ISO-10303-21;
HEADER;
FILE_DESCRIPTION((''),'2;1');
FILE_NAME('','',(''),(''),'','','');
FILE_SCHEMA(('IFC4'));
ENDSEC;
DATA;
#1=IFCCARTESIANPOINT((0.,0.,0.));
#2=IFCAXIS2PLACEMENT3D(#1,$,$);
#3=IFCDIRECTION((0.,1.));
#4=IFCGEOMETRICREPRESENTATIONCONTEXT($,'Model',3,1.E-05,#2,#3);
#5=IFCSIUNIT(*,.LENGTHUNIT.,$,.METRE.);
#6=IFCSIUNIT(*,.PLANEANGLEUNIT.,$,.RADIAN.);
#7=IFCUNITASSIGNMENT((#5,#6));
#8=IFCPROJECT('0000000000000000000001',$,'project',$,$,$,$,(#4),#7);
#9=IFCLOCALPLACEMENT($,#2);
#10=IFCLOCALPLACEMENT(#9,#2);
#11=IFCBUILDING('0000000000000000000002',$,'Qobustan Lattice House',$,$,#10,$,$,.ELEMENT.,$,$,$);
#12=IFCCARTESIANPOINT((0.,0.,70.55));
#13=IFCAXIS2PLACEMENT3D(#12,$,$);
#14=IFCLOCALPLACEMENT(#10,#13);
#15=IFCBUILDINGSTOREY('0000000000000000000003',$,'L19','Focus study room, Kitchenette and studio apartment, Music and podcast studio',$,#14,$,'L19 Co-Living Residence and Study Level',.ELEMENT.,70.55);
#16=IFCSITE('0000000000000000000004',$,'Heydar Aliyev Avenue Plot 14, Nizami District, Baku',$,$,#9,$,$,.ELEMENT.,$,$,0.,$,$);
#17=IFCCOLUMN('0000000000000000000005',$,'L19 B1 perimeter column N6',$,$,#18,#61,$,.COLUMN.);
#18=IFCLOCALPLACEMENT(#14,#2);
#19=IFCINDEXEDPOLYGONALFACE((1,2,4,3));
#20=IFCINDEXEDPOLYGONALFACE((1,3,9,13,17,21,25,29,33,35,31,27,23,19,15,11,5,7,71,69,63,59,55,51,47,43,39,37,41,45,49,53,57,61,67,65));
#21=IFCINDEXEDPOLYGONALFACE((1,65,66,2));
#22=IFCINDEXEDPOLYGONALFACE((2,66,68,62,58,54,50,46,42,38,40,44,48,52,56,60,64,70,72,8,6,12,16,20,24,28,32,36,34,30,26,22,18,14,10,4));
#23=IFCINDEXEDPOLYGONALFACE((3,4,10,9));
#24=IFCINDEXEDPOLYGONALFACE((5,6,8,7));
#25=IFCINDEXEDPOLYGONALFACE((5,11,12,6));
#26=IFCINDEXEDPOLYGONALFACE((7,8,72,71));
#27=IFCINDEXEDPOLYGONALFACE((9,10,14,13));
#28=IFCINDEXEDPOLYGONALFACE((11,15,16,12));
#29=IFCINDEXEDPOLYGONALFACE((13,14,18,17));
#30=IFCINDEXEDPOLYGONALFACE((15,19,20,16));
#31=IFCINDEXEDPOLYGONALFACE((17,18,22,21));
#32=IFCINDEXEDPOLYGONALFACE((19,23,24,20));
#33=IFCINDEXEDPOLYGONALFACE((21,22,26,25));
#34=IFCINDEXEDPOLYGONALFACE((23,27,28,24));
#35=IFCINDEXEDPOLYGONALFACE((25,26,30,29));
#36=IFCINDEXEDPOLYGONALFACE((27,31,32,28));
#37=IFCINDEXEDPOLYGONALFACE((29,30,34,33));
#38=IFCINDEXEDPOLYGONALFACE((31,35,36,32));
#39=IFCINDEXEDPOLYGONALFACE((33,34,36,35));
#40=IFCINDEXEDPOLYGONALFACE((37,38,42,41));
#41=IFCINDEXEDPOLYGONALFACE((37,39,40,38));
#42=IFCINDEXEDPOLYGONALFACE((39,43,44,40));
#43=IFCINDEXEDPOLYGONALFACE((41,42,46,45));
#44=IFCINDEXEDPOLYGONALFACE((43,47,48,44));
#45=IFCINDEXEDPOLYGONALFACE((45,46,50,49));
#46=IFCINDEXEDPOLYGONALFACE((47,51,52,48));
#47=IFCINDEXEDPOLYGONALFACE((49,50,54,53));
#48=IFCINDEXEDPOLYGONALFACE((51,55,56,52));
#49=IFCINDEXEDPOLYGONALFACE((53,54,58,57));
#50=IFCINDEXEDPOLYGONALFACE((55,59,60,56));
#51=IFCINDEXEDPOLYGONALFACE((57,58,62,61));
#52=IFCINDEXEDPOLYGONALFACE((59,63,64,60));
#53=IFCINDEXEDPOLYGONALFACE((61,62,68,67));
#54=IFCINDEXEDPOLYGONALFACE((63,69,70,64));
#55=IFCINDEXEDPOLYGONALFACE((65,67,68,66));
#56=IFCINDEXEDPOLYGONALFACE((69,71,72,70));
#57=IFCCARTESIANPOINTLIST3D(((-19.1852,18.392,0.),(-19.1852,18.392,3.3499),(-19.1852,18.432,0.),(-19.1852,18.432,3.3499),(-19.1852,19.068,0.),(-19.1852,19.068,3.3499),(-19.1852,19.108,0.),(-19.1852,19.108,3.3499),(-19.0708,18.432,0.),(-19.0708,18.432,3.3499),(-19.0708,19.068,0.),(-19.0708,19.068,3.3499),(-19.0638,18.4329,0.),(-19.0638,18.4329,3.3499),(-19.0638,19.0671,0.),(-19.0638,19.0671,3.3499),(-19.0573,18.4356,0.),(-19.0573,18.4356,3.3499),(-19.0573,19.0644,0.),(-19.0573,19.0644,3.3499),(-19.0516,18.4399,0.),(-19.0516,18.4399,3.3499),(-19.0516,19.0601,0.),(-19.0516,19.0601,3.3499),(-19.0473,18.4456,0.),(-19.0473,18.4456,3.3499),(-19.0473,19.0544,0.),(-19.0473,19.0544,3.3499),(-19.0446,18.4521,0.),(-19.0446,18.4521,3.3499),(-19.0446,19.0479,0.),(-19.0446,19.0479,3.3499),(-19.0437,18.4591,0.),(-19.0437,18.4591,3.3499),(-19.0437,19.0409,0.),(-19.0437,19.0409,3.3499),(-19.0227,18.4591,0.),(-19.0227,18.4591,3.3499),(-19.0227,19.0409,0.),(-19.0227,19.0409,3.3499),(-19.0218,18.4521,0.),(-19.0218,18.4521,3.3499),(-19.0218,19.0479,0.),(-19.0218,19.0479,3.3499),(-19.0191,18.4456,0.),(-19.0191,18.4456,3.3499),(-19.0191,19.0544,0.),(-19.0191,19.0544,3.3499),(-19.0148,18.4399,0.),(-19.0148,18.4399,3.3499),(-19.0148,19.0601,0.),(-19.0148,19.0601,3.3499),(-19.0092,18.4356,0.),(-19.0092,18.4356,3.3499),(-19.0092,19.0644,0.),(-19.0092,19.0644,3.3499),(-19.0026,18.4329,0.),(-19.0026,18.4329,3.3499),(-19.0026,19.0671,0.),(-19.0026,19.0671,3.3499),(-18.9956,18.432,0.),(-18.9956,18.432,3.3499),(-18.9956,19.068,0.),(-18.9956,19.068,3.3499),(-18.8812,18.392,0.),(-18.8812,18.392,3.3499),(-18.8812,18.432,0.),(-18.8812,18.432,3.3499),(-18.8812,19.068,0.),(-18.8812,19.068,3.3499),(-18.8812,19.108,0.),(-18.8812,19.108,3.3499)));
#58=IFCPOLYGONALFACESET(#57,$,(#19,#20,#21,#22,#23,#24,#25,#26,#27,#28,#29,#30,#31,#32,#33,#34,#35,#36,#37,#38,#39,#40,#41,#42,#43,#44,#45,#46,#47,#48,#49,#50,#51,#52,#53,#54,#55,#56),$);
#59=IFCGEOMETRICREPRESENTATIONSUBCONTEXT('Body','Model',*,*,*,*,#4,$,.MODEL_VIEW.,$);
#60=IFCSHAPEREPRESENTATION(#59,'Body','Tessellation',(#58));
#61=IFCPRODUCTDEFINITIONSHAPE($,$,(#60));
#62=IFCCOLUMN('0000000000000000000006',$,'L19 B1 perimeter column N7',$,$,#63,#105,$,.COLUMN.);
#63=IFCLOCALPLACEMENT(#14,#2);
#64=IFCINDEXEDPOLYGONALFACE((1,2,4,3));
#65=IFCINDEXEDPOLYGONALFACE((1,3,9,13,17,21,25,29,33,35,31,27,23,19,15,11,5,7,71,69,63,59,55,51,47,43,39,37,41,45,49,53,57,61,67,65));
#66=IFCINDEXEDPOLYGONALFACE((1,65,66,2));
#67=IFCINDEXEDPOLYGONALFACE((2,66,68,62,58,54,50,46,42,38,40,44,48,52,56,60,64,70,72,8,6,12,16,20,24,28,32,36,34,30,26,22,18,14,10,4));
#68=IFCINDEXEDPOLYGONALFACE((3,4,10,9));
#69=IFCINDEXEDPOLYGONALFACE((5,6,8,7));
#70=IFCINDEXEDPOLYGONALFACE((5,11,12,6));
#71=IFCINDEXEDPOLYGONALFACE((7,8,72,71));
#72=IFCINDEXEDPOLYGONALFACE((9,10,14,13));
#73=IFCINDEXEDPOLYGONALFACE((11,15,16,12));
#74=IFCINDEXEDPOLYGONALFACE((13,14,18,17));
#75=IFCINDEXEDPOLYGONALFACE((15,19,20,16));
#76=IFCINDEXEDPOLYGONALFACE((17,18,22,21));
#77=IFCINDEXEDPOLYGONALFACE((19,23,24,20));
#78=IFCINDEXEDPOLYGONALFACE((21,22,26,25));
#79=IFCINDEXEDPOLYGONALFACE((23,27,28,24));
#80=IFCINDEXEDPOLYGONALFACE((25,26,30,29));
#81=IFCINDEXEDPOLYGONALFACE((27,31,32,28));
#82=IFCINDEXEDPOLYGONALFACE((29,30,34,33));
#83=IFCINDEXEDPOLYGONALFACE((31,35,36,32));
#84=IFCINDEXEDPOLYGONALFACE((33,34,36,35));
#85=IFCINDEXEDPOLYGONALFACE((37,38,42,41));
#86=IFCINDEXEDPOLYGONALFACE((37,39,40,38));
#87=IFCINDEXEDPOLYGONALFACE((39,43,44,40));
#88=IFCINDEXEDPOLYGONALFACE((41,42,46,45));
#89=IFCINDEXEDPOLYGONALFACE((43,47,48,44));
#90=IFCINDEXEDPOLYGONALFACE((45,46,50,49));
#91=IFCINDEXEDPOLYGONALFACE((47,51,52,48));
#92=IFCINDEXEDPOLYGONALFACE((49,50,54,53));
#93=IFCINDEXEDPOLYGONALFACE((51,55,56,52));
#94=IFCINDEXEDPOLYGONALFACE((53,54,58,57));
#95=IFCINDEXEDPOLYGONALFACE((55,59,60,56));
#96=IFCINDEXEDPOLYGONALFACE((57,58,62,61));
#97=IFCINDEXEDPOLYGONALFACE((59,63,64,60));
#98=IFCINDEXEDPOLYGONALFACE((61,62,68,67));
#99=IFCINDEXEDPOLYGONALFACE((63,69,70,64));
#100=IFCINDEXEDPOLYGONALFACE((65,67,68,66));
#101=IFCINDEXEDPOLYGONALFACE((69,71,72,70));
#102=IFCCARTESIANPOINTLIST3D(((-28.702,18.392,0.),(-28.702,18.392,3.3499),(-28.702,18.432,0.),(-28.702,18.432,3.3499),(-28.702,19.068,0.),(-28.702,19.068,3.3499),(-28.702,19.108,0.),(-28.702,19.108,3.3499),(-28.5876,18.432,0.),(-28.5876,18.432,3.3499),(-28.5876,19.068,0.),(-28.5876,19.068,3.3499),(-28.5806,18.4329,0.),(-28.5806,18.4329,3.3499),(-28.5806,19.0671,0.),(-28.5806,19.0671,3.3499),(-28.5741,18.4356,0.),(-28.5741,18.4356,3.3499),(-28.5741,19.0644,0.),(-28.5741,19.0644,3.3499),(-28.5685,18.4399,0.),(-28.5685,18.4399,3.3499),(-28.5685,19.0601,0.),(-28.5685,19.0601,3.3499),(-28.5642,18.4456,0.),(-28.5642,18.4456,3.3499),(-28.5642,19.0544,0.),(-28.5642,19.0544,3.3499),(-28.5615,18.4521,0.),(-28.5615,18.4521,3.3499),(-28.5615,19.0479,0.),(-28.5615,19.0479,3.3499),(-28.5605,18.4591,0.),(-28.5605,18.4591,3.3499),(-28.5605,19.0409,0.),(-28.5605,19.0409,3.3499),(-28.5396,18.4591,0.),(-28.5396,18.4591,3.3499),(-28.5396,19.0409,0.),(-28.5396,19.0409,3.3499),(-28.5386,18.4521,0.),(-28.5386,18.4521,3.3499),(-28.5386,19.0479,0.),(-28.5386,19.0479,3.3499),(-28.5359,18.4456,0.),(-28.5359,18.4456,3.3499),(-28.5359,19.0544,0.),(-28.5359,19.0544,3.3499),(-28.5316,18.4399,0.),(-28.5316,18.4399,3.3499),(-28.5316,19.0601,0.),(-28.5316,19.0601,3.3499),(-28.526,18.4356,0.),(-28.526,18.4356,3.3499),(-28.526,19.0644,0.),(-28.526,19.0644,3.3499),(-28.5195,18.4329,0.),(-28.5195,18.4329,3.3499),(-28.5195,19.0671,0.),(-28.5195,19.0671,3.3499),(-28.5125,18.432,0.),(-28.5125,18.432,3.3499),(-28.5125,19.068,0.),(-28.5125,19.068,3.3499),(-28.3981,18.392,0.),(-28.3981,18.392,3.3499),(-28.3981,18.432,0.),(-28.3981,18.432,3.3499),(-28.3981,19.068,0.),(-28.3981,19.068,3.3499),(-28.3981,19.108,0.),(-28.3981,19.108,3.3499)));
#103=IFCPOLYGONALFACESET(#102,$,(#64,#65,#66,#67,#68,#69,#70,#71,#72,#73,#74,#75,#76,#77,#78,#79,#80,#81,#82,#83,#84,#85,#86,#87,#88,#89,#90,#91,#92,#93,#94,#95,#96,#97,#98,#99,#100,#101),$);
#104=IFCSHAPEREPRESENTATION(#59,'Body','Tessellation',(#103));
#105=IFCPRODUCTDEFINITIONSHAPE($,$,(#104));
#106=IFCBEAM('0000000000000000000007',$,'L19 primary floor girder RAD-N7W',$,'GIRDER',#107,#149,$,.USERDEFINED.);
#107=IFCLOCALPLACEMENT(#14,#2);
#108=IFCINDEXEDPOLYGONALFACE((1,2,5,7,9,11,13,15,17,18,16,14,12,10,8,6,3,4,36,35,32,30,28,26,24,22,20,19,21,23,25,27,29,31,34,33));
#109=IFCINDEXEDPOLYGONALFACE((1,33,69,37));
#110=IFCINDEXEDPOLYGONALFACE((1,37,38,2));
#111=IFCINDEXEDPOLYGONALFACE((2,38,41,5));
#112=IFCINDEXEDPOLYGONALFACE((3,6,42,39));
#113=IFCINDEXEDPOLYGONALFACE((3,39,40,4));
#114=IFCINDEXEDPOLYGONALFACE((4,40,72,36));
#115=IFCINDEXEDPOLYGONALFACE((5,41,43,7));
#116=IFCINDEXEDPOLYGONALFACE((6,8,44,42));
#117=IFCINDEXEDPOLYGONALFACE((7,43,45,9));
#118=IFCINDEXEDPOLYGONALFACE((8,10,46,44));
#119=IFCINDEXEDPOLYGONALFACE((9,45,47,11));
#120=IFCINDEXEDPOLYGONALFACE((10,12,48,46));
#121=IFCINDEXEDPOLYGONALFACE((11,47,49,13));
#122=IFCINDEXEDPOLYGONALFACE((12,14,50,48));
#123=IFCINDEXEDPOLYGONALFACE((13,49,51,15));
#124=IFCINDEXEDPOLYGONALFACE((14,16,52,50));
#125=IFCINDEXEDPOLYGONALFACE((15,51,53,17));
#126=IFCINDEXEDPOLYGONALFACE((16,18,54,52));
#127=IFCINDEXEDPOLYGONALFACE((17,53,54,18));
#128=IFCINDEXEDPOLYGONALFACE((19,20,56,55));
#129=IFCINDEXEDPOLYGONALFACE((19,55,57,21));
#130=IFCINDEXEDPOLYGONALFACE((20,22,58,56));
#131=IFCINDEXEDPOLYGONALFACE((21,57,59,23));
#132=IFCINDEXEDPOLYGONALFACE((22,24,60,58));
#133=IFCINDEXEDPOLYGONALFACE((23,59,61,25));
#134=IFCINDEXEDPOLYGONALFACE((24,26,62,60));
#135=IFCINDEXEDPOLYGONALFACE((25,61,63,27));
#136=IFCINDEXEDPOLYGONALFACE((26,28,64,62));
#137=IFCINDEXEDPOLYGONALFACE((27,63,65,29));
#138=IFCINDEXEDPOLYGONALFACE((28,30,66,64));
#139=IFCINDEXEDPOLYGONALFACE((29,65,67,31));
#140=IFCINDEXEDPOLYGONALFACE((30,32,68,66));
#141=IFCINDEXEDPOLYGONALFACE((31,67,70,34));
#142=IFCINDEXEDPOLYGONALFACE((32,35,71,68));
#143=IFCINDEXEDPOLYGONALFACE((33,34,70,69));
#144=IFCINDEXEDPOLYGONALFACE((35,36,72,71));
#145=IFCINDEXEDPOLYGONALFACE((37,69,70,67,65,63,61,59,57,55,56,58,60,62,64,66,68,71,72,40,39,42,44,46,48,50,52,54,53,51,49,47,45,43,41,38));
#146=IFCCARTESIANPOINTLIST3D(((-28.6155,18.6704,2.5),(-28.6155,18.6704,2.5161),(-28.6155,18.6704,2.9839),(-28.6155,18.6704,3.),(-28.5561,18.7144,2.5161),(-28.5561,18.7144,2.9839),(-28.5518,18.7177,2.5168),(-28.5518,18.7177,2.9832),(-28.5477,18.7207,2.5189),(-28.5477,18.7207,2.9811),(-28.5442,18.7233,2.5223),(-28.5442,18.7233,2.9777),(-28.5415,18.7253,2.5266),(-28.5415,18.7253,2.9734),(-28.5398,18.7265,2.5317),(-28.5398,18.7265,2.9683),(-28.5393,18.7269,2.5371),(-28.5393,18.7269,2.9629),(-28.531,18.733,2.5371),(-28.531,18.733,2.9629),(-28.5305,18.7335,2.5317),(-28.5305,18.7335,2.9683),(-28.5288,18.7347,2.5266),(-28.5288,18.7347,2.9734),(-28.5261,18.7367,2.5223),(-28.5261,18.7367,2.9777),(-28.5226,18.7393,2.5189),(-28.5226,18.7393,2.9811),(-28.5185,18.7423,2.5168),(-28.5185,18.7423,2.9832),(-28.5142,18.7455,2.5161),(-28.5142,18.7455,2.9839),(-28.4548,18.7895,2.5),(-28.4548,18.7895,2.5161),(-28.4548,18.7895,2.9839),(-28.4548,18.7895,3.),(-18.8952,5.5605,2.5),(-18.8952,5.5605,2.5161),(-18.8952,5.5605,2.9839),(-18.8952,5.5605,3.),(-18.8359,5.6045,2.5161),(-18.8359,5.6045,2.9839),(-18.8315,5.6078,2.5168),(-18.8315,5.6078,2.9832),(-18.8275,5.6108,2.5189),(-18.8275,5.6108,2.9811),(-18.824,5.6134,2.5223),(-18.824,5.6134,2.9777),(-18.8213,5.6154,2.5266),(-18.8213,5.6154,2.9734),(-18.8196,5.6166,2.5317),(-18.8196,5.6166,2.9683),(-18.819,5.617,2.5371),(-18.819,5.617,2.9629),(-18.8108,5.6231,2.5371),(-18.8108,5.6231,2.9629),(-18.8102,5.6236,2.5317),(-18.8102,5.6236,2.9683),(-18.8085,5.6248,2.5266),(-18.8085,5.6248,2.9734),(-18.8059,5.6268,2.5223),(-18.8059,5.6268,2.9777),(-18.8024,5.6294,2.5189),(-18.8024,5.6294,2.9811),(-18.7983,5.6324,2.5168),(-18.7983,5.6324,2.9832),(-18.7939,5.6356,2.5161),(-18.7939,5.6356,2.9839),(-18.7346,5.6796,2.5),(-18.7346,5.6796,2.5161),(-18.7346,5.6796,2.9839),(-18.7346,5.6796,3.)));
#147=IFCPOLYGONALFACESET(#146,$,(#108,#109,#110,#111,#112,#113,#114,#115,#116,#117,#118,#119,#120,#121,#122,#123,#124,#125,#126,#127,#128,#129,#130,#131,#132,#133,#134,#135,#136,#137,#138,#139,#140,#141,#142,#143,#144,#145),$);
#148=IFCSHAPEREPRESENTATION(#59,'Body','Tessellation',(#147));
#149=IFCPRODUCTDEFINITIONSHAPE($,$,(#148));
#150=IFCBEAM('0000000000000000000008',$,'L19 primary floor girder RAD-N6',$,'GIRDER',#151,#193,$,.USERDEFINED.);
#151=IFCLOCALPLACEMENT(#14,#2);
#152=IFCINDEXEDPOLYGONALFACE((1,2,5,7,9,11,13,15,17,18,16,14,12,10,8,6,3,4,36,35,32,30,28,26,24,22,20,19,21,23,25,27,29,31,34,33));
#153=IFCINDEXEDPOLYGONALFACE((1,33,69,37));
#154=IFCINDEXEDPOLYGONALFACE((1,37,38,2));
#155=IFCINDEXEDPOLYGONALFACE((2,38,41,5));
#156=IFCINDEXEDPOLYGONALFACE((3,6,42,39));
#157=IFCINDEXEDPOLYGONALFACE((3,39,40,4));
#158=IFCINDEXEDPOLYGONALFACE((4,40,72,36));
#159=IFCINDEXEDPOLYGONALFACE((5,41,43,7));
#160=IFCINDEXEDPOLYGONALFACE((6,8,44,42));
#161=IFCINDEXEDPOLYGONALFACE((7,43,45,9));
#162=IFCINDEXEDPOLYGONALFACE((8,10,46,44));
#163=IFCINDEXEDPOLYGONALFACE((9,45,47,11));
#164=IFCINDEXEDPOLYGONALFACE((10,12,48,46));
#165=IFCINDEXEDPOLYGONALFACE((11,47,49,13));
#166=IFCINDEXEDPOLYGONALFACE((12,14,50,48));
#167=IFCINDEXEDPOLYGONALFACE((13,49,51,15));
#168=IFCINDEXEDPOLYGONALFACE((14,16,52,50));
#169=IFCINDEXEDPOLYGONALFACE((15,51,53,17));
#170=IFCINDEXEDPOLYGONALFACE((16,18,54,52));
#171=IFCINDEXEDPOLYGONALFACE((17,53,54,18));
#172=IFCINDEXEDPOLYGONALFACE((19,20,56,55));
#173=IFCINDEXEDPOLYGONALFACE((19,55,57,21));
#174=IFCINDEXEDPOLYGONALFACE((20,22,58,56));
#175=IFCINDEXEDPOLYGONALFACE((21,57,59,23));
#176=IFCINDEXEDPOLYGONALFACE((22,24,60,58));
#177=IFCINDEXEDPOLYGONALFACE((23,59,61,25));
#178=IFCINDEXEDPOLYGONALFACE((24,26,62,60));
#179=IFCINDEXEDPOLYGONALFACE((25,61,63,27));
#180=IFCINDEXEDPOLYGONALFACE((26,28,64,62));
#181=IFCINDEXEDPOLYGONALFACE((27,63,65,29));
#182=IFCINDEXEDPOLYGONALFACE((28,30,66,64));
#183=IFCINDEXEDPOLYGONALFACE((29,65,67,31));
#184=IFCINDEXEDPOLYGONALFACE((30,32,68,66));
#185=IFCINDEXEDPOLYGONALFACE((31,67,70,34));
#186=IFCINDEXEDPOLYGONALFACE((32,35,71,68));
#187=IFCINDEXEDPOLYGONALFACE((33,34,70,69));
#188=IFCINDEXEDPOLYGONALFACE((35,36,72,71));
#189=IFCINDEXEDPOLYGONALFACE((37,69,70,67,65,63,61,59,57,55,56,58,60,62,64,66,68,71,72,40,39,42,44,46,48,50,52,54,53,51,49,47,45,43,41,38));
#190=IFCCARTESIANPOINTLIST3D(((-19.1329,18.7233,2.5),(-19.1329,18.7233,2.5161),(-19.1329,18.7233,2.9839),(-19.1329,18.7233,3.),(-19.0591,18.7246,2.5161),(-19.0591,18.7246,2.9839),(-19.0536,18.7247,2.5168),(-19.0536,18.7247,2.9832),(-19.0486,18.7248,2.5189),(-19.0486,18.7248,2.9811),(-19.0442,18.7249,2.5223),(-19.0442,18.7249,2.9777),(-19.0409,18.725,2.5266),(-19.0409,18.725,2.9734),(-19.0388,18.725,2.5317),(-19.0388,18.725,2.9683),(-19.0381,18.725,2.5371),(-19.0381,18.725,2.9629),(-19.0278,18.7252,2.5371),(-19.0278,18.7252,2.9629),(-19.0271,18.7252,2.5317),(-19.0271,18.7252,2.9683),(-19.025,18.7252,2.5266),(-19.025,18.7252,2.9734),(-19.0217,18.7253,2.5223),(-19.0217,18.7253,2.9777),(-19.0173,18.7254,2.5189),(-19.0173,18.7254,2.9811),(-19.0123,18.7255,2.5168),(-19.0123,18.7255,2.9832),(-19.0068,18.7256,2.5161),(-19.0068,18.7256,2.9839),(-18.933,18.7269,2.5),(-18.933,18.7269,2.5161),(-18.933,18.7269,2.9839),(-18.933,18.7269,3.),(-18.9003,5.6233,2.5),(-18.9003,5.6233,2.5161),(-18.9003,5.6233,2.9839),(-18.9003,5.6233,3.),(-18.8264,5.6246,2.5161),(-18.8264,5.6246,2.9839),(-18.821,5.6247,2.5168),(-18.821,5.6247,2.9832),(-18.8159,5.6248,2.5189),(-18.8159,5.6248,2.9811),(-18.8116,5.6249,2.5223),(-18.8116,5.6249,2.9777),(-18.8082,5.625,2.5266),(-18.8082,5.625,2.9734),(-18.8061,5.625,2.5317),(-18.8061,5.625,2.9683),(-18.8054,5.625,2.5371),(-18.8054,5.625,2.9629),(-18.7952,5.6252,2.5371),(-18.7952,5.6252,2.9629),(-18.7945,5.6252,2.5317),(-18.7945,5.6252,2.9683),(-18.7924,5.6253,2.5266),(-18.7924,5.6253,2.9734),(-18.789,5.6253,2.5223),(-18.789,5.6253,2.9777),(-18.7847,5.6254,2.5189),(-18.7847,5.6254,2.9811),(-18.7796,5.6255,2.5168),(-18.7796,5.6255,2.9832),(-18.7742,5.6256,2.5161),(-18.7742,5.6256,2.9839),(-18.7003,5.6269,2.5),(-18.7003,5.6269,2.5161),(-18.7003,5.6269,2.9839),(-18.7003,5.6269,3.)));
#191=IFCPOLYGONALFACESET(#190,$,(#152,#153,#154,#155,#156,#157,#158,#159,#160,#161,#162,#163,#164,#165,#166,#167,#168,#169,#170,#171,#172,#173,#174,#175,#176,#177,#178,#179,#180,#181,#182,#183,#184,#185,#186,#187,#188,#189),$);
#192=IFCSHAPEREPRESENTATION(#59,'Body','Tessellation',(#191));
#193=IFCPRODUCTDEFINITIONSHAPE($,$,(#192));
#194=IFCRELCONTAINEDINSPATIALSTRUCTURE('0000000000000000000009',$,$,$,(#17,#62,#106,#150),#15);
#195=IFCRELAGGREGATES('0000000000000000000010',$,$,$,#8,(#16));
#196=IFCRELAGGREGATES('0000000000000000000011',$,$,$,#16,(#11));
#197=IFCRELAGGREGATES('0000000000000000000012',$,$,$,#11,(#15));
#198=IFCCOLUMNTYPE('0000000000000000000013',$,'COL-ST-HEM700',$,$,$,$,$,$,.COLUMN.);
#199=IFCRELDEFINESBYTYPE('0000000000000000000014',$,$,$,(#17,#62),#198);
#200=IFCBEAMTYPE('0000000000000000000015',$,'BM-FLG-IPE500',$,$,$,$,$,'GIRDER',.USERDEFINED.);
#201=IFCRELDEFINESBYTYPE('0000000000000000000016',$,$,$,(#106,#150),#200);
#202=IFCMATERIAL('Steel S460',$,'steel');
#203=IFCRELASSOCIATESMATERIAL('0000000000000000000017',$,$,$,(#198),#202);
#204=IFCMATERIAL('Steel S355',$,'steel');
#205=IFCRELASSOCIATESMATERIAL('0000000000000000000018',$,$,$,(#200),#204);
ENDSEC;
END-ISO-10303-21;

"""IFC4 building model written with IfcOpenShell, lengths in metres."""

from ifc_helpers import new_model, si_unit, direction, frame, origin, origin_2d, place, context, subcontext, project, spatial, i_section, extrude, material, material_profile, profile_set, type_object, element, save


model = new_model("IFC4")

# Units and contexts
model_context = context("Model", 3, precision=1e-05, world=origin(), true_north=direction((0.0, 1.0)))
body_context = subcontext(model_context, "Body", "Model", "MODEL_VIEW")
ifc_project = project(units=[si_unit("LENGTHUNIT", "METRE"), si_unit("PLANEANGLEUNIT", "RADIAN")], contexts=[model_context])

# Site, building, storey
site_placement = place(None, origin())
site = spatial("IfcSite", under=ifc_project, at=site_placement, Name="Heydar Aliyev Avenue Plot 14, Nizami District, Baku", CompositionType="ELEMENT", RefElevation=0.0)
building_placement = place(site_placement, origin())
building = spatial("IfcBuilding", under=site, at=building_placement, Name="Qobustan Lattice House", CompositionType="ELEMENT")
storey_placement = place(building_placement, frame((0.0, 0.0, 70.55)))
storey = spatial("IfcBuildingStorey", under=building, at=storey_placement, Name="L19", Description="Focus study room, Kitchenette and studio apartment, Music and podcast studio", LongName="L19 Co-Living Residence and Study Level", CompositionType="ELEMENT", Elevation=70.55)

# Columns
ifc_material_1 = material(Name="Steel S460", Category="steel")
ifc_material_profile_1 = material_profile(ifc_material_1, i_section(OverallWidth=0.304, OverallDepth=0.7161, WebThickness=0.021, FlangeThickness=0.04, FilletRadius=0.0271, at=origin_2d()), Name="HEM700")
ifc_profile_set_1 = profile_set([ifc_material_profile_1], Name="Steel S460")
column_type = type_object("IfcColumnType", Name="COL-ST-HEM700", PredefinedType="COLUMN", material=ifc_profile_set_1)
for number, where, z_axis, x_axis, name in (
    (1, (-19.0332, 18.75, 0.0), (0.0, 0.0, 1.0), (1.0, 0.0, 0.0), "L19 B1 perimeter column N6"),
    (2, (-28.55, 18.75, 0.0), (0.0, 0.0, 1.0), (1.0, 0.0, 0.0), "L19 B1 perimeter column N7"),
):
    element("IfcColumn", number, at=place(storey_placement, frame(where, z_axis=z_axis, x_axis=x_axis)), inside=storey, type_object=column_type, Name=name, PredefinedType="COLUMN", context=body_context, shape_type="SweptSolid", body=[
        extrude(i_section(OverallWidth=0.304, OverallDepth=0.7161, WebThickness=0.021, FlangeThickness=0.04, FilletRadius=0.0271, at=origin_2d()), origin(), (0.0, 0.0, 1.0), 3.3499),
    ])

# Beams
ifc_material_2 = material(Name="Steel S355", Category="steel")
ifc_material_profile_2 = material_profile(ifc_material_2, i_section(OverallWidth=0.2, OverallDepth=0.5, WebThickness=0.0103, FlangeThickness=0.0161, FilletRadius=0.021, at=origin_2d()), Name="IPE500")
ifc_profile_set_2 = profile_set([ifc_material_profile_2], Name="Steel S355")
beam_type_1 = type_object("IfcBeamType", Name="BM-FLG-IPE500", ElementType="GIRDER", PredefinedType="USERDEFINED", material=ifc_profile_set_2)
beam_1_placement = place(storey_placement, frame((-28.5352, 18.73, 2.75), z_axis=(0.595592, -0.803287, 0.0), x_axis=(0.803287, 0.595592, 0.0)))
element("IfcBeam", 3, at=beam_1_placement, inside=storey, type_object=beam_type_1, Name="L19 primary floor girder RAD-N7W", ObjectType="GIRDER", PredefinedType="USERDEFINED", context=body_context, shape_type="SweptSolid", body=[
    extrude(i_section(OverallWidth=0.2, OverallDepth=0.5, WebThickness=0.0103, FlangeThickness=0.0161, FilletRadius=0.021, at=origin_2d()), origin(), (0.0, 0.0, 1.0), 16.3203),
])
beam_2_placement = place(storey_placement, frame((-19.033, 18.7251, 2.75), z_axis=(0.017758, -0.999842, 0.0), x_axis=(0.999842, 0.017758, 0.0)))
element("IfcBeam", 4, at=beam_2_placement, inside=storey, type_object=beam_type_1, Name="L19 primary floor girder RAD-N6", ObjectType="GIRDER", PredefinedType="USERDEFINED", context=body_context, shape_type="SweptSolid", body=[
    extrude(i_section(OverallWidth=0.2, OverallDepth=0.5, WebThickness=0.0103, FlangeThickness=0.0161, FilletRadius=0.021, at=origin_2d()), origin(), (0.0, 0.0, 1.0), 13.1021),
])

save(model, "model.ifc")
